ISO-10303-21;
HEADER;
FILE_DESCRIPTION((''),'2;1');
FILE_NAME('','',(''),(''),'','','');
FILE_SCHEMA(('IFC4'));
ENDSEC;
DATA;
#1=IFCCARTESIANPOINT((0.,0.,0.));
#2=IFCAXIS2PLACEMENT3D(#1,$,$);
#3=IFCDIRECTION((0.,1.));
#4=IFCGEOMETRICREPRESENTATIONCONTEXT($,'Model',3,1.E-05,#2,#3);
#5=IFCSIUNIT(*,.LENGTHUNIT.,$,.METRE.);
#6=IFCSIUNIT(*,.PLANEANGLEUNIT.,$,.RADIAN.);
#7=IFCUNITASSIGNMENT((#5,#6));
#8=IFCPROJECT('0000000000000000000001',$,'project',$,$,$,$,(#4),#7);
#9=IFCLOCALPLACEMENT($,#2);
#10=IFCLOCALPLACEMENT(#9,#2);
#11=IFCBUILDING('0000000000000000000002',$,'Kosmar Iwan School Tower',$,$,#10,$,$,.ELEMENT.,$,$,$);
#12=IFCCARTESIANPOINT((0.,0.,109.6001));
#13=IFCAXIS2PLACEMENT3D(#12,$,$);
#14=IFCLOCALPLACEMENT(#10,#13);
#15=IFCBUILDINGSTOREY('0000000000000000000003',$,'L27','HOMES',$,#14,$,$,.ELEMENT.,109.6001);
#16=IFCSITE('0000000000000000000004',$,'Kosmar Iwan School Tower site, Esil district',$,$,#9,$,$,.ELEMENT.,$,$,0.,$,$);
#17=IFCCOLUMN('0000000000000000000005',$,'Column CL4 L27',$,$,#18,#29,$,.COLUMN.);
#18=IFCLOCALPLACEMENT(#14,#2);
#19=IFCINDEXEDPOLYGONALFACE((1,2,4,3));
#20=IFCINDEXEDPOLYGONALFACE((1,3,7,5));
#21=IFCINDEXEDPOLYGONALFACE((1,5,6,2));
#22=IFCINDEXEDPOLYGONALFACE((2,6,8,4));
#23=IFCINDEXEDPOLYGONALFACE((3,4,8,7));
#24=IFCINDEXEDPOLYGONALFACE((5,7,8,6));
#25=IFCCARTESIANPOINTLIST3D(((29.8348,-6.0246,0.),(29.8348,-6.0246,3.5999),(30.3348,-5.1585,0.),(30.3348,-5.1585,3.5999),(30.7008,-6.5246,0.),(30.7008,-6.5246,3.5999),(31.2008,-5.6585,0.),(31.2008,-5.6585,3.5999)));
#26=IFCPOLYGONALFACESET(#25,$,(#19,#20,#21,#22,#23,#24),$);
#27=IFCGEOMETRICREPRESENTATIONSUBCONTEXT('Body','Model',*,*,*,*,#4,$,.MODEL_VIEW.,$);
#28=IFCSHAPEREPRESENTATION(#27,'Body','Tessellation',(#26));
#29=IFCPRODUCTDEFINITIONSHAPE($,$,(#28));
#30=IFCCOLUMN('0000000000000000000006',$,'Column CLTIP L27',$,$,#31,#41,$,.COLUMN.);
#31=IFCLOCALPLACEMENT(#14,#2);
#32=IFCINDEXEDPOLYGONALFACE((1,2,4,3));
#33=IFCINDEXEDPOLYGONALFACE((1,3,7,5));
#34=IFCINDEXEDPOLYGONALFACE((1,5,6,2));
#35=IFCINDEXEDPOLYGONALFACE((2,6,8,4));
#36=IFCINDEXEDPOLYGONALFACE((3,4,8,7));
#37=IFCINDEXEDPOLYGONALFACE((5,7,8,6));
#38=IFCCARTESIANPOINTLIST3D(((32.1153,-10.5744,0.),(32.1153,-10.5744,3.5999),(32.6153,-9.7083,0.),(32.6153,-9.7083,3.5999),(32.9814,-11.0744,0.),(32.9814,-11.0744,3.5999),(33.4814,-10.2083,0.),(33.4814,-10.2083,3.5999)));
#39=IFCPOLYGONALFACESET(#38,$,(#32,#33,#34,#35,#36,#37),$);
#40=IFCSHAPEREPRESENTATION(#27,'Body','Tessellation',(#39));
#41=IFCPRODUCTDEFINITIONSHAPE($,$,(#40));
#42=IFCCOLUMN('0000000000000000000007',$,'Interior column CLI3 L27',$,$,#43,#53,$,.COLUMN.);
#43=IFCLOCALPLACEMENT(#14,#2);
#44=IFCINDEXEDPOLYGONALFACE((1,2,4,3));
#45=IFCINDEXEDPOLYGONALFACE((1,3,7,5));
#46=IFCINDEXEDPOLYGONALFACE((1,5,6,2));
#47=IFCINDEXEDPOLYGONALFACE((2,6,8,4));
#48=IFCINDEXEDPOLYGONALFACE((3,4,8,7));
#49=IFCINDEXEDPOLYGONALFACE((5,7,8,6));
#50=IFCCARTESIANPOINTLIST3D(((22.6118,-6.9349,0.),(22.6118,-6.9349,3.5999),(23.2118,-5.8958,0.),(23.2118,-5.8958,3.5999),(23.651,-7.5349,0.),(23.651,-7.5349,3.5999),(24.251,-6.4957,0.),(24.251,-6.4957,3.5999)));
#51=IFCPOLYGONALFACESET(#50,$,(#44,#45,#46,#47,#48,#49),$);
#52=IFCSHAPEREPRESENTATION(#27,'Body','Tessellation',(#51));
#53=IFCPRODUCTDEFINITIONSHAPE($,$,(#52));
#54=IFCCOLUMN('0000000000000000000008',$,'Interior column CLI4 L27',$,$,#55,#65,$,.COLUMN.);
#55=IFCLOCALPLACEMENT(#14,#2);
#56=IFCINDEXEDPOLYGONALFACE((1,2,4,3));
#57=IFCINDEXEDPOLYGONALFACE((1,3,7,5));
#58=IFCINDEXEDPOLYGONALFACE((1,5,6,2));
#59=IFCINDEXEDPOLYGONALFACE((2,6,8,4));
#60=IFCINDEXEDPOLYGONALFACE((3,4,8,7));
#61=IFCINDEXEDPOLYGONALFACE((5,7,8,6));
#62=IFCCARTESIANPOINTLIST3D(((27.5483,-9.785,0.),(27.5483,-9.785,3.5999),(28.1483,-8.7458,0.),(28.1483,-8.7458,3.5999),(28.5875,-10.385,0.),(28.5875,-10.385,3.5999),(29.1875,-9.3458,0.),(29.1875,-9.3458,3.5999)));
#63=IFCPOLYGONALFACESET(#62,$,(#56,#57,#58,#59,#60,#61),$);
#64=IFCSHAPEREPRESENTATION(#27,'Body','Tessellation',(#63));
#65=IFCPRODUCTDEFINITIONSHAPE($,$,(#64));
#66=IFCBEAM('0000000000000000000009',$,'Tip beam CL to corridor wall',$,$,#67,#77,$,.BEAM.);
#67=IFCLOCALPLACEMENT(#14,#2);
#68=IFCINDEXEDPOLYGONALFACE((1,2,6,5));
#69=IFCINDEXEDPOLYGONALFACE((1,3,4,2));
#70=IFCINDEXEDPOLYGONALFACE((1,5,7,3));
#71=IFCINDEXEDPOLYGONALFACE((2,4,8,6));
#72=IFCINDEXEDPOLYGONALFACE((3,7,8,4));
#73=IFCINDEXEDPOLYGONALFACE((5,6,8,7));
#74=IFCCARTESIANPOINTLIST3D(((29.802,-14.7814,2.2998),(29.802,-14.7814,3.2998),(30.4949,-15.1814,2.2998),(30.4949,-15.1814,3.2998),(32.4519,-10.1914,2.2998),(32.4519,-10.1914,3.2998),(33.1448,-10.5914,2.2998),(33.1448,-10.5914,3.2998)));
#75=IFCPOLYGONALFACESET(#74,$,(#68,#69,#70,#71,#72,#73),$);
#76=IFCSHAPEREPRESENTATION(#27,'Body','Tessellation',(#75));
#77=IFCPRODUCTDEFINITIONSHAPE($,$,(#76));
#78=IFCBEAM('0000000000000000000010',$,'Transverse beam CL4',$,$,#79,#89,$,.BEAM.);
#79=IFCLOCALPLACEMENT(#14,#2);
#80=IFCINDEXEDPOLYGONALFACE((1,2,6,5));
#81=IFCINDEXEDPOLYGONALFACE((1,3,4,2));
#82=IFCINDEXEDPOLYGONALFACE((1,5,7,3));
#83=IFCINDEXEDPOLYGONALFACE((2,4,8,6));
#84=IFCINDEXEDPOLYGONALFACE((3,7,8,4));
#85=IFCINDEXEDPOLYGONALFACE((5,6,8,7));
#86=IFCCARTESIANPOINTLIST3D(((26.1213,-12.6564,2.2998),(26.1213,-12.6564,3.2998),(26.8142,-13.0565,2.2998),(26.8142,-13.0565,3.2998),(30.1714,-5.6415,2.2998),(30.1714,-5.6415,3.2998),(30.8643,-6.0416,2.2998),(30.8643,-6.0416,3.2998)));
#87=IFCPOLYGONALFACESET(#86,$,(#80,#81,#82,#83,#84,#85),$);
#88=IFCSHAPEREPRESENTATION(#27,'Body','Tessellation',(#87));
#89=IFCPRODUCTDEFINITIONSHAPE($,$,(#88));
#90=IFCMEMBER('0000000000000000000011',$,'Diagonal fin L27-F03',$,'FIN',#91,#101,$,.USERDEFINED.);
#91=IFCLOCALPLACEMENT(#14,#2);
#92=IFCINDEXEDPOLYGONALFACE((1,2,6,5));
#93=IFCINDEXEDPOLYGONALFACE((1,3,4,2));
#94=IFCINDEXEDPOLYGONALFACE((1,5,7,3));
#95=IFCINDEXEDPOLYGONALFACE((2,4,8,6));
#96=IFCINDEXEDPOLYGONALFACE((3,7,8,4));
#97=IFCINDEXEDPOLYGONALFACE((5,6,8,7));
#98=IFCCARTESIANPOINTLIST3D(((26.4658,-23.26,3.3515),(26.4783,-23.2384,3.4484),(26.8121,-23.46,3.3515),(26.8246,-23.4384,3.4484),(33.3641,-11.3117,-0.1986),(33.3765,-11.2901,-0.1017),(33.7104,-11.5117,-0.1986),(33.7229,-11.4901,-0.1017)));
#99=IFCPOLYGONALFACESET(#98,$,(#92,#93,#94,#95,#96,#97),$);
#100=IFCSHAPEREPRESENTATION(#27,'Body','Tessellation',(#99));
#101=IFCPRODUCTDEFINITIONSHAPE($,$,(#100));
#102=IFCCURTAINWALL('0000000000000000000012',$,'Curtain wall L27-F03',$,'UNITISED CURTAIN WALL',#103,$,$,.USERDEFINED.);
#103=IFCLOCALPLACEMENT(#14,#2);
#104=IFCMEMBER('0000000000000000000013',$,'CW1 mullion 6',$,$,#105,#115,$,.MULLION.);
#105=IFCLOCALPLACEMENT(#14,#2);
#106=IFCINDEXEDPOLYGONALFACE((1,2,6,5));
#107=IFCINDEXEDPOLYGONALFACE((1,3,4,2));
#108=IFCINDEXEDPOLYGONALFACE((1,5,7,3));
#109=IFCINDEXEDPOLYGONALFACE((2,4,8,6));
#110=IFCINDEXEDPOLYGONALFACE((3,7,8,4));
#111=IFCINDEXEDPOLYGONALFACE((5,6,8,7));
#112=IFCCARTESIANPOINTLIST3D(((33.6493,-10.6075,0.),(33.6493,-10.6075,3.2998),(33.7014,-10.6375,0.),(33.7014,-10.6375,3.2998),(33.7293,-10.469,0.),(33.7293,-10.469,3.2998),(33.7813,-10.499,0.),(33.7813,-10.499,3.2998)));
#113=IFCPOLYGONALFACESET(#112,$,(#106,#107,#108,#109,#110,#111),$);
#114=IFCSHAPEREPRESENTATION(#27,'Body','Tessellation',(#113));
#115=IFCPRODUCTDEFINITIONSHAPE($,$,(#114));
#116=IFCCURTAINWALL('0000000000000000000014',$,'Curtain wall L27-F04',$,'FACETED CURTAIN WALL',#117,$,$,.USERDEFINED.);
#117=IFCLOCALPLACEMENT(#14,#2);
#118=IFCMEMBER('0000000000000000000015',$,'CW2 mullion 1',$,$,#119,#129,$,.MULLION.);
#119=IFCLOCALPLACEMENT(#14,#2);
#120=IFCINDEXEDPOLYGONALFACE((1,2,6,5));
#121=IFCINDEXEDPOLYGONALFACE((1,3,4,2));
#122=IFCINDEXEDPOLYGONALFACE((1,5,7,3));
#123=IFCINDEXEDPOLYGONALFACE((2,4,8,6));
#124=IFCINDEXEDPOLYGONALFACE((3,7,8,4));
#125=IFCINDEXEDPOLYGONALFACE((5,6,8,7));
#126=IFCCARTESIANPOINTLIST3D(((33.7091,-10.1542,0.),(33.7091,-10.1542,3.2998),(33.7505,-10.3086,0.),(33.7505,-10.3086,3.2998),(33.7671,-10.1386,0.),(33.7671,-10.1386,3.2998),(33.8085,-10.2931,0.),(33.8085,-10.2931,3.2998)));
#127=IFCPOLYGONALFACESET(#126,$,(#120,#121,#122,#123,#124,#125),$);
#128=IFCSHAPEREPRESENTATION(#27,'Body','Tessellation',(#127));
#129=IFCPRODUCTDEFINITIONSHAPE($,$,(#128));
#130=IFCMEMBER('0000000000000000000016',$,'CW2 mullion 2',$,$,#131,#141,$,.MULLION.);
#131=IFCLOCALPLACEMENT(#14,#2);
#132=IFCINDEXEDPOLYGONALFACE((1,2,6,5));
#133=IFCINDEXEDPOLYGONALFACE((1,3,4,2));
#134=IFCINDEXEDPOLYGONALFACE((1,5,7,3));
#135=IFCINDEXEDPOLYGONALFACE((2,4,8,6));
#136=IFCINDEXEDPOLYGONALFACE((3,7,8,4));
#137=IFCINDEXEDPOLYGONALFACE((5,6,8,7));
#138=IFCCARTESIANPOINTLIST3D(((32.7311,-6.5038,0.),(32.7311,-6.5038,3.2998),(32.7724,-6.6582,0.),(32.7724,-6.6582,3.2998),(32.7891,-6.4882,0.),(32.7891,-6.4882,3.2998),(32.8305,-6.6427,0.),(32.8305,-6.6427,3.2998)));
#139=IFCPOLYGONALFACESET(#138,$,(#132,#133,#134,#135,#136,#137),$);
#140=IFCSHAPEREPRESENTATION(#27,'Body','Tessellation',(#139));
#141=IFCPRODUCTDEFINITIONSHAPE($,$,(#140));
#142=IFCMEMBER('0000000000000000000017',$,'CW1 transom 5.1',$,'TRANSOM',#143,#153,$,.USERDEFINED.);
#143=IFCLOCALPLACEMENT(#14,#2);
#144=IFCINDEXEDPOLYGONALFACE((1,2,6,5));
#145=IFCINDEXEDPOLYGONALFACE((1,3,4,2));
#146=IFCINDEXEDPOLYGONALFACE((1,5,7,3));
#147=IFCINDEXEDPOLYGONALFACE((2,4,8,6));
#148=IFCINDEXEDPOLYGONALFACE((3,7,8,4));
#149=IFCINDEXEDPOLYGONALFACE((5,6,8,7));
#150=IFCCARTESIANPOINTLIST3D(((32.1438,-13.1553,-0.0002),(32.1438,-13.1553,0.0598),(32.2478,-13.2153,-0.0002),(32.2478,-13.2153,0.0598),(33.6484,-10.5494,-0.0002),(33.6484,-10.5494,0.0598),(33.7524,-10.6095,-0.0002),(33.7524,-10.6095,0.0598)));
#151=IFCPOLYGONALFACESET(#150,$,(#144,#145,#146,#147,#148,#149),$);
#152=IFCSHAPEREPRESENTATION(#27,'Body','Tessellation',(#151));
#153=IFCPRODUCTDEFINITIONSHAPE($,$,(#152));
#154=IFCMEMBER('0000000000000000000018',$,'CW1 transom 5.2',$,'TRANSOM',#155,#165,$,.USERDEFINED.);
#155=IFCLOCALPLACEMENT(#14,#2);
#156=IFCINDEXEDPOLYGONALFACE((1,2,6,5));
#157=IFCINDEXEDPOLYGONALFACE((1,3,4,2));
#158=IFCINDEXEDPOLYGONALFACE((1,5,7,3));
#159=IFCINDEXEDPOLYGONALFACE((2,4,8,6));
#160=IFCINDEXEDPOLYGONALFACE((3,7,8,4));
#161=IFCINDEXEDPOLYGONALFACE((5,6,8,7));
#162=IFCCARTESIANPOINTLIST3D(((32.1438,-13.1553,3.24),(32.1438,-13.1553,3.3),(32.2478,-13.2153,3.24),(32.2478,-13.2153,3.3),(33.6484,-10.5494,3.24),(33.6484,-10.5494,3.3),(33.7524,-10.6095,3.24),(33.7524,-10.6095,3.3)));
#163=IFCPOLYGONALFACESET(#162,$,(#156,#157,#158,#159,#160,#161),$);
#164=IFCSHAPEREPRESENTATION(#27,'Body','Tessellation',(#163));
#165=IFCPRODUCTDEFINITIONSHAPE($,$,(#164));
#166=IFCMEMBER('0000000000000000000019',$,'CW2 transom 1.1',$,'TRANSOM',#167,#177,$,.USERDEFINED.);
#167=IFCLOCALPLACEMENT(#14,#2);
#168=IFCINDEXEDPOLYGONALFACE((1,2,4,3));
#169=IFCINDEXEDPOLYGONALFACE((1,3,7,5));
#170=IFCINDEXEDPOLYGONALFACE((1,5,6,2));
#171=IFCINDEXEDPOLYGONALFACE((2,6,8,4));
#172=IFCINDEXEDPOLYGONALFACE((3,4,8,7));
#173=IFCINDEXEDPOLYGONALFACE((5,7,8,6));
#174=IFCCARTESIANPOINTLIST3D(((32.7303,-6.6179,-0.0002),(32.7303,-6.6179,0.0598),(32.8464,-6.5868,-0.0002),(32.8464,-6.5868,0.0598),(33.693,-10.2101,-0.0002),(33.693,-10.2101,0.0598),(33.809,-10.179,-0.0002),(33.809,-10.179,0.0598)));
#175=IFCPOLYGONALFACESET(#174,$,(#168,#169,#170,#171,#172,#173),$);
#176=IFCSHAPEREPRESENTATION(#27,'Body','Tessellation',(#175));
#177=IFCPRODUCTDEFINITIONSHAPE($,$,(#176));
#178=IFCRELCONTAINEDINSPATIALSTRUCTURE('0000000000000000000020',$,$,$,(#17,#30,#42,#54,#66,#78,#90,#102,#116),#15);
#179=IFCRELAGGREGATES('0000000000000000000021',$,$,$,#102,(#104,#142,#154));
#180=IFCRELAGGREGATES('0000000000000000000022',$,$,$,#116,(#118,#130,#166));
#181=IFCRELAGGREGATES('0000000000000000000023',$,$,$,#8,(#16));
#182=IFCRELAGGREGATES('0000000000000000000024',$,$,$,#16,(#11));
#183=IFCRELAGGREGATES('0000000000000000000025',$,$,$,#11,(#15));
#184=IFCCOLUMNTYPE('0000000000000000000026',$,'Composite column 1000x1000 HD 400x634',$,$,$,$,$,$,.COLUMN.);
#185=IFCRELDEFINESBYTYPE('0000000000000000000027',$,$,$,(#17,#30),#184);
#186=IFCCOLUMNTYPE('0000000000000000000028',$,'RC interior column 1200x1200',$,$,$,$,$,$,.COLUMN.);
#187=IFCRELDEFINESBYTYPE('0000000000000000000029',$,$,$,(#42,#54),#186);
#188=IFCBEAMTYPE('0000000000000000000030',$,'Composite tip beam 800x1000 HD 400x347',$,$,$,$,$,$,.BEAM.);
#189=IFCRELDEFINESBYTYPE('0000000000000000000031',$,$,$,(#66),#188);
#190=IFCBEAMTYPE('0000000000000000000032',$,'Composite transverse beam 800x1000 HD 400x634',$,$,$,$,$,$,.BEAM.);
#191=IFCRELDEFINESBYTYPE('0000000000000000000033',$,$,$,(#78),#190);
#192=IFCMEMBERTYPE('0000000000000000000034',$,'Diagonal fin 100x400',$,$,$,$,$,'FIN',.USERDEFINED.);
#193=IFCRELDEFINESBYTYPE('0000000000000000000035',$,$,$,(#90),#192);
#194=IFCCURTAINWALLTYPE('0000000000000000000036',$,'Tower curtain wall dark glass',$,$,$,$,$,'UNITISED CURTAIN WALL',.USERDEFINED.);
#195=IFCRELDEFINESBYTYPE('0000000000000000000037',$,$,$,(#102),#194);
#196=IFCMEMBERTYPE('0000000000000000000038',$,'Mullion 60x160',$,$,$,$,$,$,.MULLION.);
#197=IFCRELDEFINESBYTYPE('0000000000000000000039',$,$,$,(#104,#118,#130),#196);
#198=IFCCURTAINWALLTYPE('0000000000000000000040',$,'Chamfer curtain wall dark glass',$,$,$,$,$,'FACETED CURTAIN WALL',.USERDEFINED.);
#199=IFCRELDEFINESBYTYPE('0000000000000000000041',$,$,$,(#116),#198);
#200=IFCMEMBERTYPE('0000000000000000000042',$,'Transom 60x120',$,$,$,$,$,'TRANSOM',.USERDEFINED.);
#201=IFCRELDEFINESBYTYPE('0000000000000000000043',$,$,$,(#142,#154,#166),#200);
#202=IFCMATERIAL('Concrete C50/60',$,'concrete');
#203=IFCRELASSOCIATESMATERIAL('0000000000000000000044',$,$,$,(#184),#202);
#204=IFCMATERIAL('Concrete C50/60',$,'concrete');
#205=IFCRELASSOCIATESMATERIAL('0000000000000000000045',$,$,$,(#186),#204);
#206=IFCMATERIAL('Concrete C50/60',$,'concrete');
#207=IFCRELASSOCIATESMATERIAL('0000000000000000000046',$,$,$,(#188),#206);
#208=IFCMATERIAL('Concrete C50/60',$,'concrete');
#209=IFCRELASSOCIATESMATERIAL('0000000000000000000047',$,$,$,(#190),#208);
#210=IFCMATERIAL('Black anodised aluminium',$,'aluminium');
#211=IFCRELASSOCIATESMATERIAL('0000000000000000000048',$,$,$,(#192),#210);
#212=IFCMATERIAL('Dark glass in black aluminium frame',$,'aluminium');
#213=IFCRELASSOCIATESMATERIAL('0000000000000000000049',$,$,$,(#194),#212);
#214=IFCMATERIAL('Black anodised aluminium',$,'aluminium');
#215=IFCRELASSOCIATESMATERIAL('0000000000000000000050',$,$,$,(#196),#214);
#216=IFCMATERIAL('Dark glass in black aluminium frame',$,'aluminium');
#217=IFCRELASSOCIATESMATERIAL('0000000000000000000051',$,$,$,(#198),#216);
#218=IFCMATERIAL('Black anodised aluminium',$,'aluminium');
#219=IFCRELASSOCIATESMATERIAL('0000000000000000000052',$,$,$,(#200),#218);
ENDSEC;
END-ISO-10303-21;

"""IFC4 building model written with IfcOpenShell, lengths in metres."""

from ifc_helpers import new_model, si_unit, direction, frame, origin, origin_2d, place, context, subcontext, project, spatial, rectangle, extrude, material, material_profile, profile_set, type_object, element, aggregate, save


model = new_model("IFC4")

# Units and contexts
model_context = context("Model", 3, precision=1e-05, world=origin(), true_north=direction((0.0, 1.0)))
body_context = subcontext(model_context, "Body", "Model", "MODEL_VIEW")
ifc_project = project(units=[si_unit("LENGTHUNIT", "METRE"), si_unit("PLANEANGLEUNIT", "RADIAN")], contexts=[model_context])

# Site, building, storey
site_placement = place(None, origin())
site = spatial("IfcSite", under=ifc_project, at=site_placement, Name="Kosmar Iwan School Tower site, Esil district", CompositionType="ELEMENT", RefElevation=0.0)
building_placement = place(site_placement, origin())
building = spatial("IfcBuilding", under=site, at=building_placement, Name="Kosmar Iwan School Tower", CompositionType="ELEMENT")
storey_placement = place(building_placement, frame((0.0, 0.0, 109.6001)))
storey = spatial("IfcBuildingStorey", under=building, at=storey_placement, Name="L27", Description="HOMES", CompositionType="ELEMENT", Elevation=109.6001)

# Columns
ifc_material_1 = material(Name="Concrete C50/60", Category="concrete")
ifc_material_profile_1 = material_profile(ifc_material_1, rectangle(XDim=1.0, YDim=1.0, at=origin_2d()), Name="RC 1000x1000 + HD 400x634")
ifc_profile_set_1 = profile_set([ifc_material_profile_1], Name="Concrete C50/60")
column_type_1 = type_object("IfcColumnType", Name="Composite column 1000x1000 HD 400x634", PredefinedType="COLUMN", material=ifc_profile_set_1)
for number, where, z_axis, x_axis, name in (
    (1, (30.5178, -5.8416, 0.0), (0.0, 0.0, 1.0), (0.866025, -0.5, 0.0), "Column CL4 L27"),
    (2, (32.7983, -10.3914, 0.0), (0.0, 0.0, 1.0), (0.866025, -0.5, 0.0), "Column CLTIP L27"),
):
    element("IfcColumn", number, at=place(storey_placement, frame(where, z_axis=z_axis, x_axis=x_axis)), inside=storey, type_object=column_type_1, Name=name, PredefinedType="COLUMN", context=body_context, shape_type="SweptSolid", body=[
        extrude(rectangle(XDim=1.0, YDim=1.0, at=origin_2d()), origin(), (0.0, 0.0, 1.0), 3.5999),
    ])
ifc_material_2 = material(Name="Concrete C50/60", Category="concrete")
ifc_material_profile_2 = material_profile(ifc_material_2, rectangle(XDim=1.2, YDim=1.2, at=origin_2d()), Name="RC 1200x1200")
ifc_profile_set_2 = profile_set([ifc_material_profile_2], Name="Concrete C50/60")
column_type_2 = type_object("IfcColumnType", Name="RC interior column 1200x1200", PredefinedType="COLUMN", material=ifc_profile_set_2)
for number, where, z_axis, x_axis, name in (
    (3, (23.4314, -6.7153, 0.0), (0.0, 0.0, 1.0), (0.866025, -0.5, 0.0), "Interior column CLI3 L27"),
    (4, (28.3679, -9.5654, 0.0), (0.0, 0.0, 1.0), (0.866025, -0.5, 0.0), "Interior column CLI4 L27"),
):
    element("IfcColumn", number, at=place(storey_placement, frame(where, z_axis=z_axis, x_axis=x_axis)), inside=storey, type_object=column_type_2, Name=name, PredefinedType="COLUMN", context=body_context, shape_type="SweptSolid", body=[
        extrude(rectangle(XDim=1.2, YDim=1.2, at=origin_2d()), origin(), (0.0, 0.0, 1.0), 3.5999),
    ])

# Beams
ifc_material_3 = material(Name="Concrete C50/60", Category="concrete")
ifc_material_profile_3 = material_profile(ifc_material_3, rectangle(XDim=0.8, YDim=1.0, at=origin_2d()), Name="RC 800x1000 + HD 400x347")
ifc_profile_set_3 = profile_set([ifc_material_profile_3], Name="Concrete C50/60")
beam_type_1 = type_object("IfcBeamType", Name="Composite tip beam 800x1000 HD 400x347", PredefinedType="BEAM", material=ifc_profile_set_3)
beam_1_placement = place(storey_placement, frame((32.7983, -10.3914, 2.7998), z_axis=(-0.499974, -0.866041, 0.0), x_axis=(0.866041, -0.499974, 0.0)))
element("IfcBeam", 5, at=beam_1_placement, inside=storey, type_object=beam_type_1, Name="Tip beam CL to corridor wall", PredefinedType="BEAM", context=body_context, shape_type="SweptSolid", body=[
    extrude(rectangle(XDim=0.8, YDim=1.0, at=origin_2d()), origin(), (0.0, 0.0, 1.0), 5.3),
])
ifc_material_4 = material(Name="Concrete C50/60", Category="concrete")
ifc_material_profile_4 = material_profile(ifc_material_4, rectangle(XDim=0.8, YDim=1.0, at=origin_2d()), Name="RC 800x1000 + HD 400x634")
ifc_profile_set_4 = profile_set([ifc_material_profile_4], Name="Concrete C50/60")
beam_type_2 = type_object("IfcBeamType", Name="Composite transverse beam 800x1000 HD 400x634", PredefinedType="BEAM", material=ifc_profile_set_4)
beam_2_placement = place(storey_placement, frame((30.5178, -5.8416, 2.7998), z_axis=(-0.5, -0.866025, 0.0), x_axis=(0.866025, -0.5, 0.0)))
element("IfcBeam", 6, at=beam_2_placement, inside=storey, type_object=beam_type_2, Name="Transverse beam CL4", PredefinedType="BEAM", context=body_context, shape_type="SweptSolid", body=[
    extrude(rectangle(XDim=0.8, YDim=1.0, at=origin_2d()), origin(), (0.0, 0.0, 1.0), 8.1001),
])

# Member
ifc_material_5 = material(Name="Black anodised aluminium", Category="aluminium")
ifc_material_profile_5 = material_profile(ifc_material_5, rectangle(XDim=0.1001, YDim=0.3999, at=origin_2d()), Name="FIN 100x400")
ifc_profile_set_5 = profile_set([ifc_material_profile_5], Name="Black anodised aluminium")
member_type_1 = type_object("IfcMemberType", Name="Diagonal fin 100x400", ElementType="FIN", PredefinedType="USERDEFINED", material=ifc_profile_set_5)
member_1_placement = place(storey_placement, frame((33.5435, -11.4009, -0.1501), z_axis=(-0.48422, -0.838709, 0.249196), x_axis=(0.124596, 0.215811, 0.968453)))
element("IfcMember", 7, at=member_1_placement, inside=storey, type_object=member_type_1, Name="Diagonal fin L27-F03", ObjectType="FIN", PredefinedType="USERDEFINED", context=body_context, shape_type="SweptSolid", body=[
    extrude(rectangle(XDim=0.1001, YDim=0.3999, at=origin_2d()), origin(), (0.0, 0.0, 1.0), 14.2461),
])

# Curtain wall, member
ifc_material_6 = material(Name="Dark glass in black aluminium frame", Category="aluminium")
curtain_wall_type_1 = type_object("IfcCurtainWallType", Name="Tower curtain wall dark glass", ElementType="UNITISED CURTAIN WALL", PredefinedType="USERDEFINED", material=ifc_material_6)
curtain_wall_1_placement = place(storey_placement, origin())
curtain_wall_1 = element("IfcCurtainWall", 8, at=curtain_wall_1_placement, inside=storey, type_object=curtain_wall_type_1, Name="Curtain wall L27-F03", ObjectType="UNITISED CURTAIN WALL", PredefinedType="USERDEFINED")
ifc_material_7 = material(Name="Black anodised aluminium", Category="aluminium")
ifc_material_profile_6 = material_profile(ifc_material_7, rectangle(XDim=0.0601, YDim=0.1599, at=origin_2d()), Name="MULLION 60x160")
ifc_profile_set_6 = profile_set([ifc_material_profile_6], Name="Black anodised aluminium")
member_type_2 = type_object("IfcMemberType", Name="Mullion 60x160", PredefinedType="MULLION", material=ifc_profile_set_6)
member_2_placement = place(storey_placement, frame((33.7153, -10.5532, 0.0), z_axis=(0.0, 0.0, 1.0), x_axis=(-0.866025, 0.5, 0.0)))
member_2 = element("IfcMember", 9, at=member_2_placement, type_object=member_type_2, Name="CW1 mullion 6", PredefinedType="MULLION", context=body_context, shape_type="SweptSolid", body=[
    extrude(rectangle(XDim=0.0601, YDim=0.1599, at=origin_2d()), origin(), (0.0, 0.0, 1.0), 3.2998),
])

# Curtain wall, members
ifc_material_8 = material(Name="Dark glass in black aluminium frame", Category="aluminium")
curtain_wall_type_2 = type_object("IfcCurtainWallType", Name="Chamfer curtain wall dark glass", ElementType="FACETED CURTAIN WALL", PredefinedType="USERDEFINED", material=ifc_material_8)
curtain_wall_2_placement = place(storey_placement, origin())
curtain_wall_2 = element("IfcCurtainWall", 10, at=curtain_wall_2_placement, inside=storey, type_object=curtain_wall_type_2, Name="Curtain wall L27-F04", ObjectType="FACETED CURTAIN WALL", PredefinedType="USERDEFINED")
member_3_placement = place(storey_placement, frame((33.7588, -10.2236, 0.0), z_axis=(0.0, 0.0, 1.0), x_axis=(-0.965926, -0.258819, 0.0)))
member_3 = element("IfcMember", 11, at=member_3_placement, type_object=member_type_2, Name="CW2 mullion 1", PredefinedType="MULLION", context=body_context, shape_type="SweptSolid", body=[
    extrude(rectangle(XDim=0.0601, YDim=0.1599, at=origin_2d()), origin(), (0.0, 0.0, 1.0), 3.2998),
])
member_4_placement = place(storey_placement, frame((32.7808, -6.5732, 0.0), z_axis=(0.0, 0.0, 1.0), x_axis=(-0.965926, -0.258819, 0.0)))
member_4 = element("IfcMember", 12, at=member_4_placement, type_object=member_type_2, Name="CW2 mullion 2", PredefinedType="MULLION", context=body_context, shape_type="SweptSolid", body=[
    extrude(rectangle(XDim=0.0601, YDim=0.1599, at=origin_2d()), origin(), (0.0, 0.0, 1.0), 3.2998),
])

# Members
ifc_material_9 = material(Name="Black anodised aluminium", Category="aluminium")
ifc_material_profile_7 = material_profile(ifc_material_9, rectangle(XDim=0.1201, YDim=0.0601, at=origin_2d()), Name="TRANSOM 60x120")
ifc_profile_set_7 = profile_set([ifc_material_profile_7], Name="Black anodised aluminium")
member_type_3 = type_object("IfcMemberType", Name="Transom 60x120", ElementType="TRANSOM", PredefinedType="USERDEFINED", material=ifc_profile_set_7)
member_5_placement = place(storey_placement, frame((32.1958, -13.1853, 0.0298), z_axis=(0.500022, 0.866013, 0.0), x_axis=(-0.866013, 0.500022, 0.0)))
member_5 = element("IfcMember", 13, at=member_5_placement, type_object=member_type_3, Name="CW1 transom 5.1", ObjectType="TRANSOM", PredefinedType="USERDEFINED", context=body_context, shape_type="SweptSolid", body=[
    extrude(rectangle(XDim=0.1201, YDim=0.0601, at=origin_2d()), origin(), (0.0, 0.0, 1.0), 3.009),
])
member_6_placement = place(storey_placement, frame((32.1958, -13.1853, 3.27), z_axis=(0.500022, 0.866013, 0.0), x_axis=(-0.866013, 0.500022, 0.0)))
member_6 = element("IfcMember", 14, at=member_6_placement, type_object=member_type_3, Name="CW1 transom 5.2", ObjectType="TRANSOM", PredefinedType="USERDEFINED", context=body_context, shape_type="SweptSolid", body=[
    extrude(rectangle(XDim=0.1201, YDim=0.0601, at=origin_2d()), origin(), (0.0, 0.0, 1.0), 3.009),
])
member_7_placement = place(storey_placement, frame((33.751, -10.1946, 0.0298), z_axis=(-0.258843, 0.965919, 0.0), x_axis=(-0.965919, -0.258843, 0.0)))
member_7 = element("IfcMember", 15, at=member_7_placement, type_object=member_type_3, Name="CW2 transom 1.1", ObjectType="TRANSOM", PredefinedType="USERDEFINED", context=body_context, shape_type="SweptSolid", body=[
    extrude(rectangle(XDim=0.1201, YDim=0.0601, at=origin_2d()), origin(), (0.0, 0.0, 1.0), 3.719),
])

aggregate(curtain_wall_1, [member_2, member_5, member_6])
aggregate(curtain_wall_2, [member_3, member_4, member_7])

save(model, "model.ifc")
